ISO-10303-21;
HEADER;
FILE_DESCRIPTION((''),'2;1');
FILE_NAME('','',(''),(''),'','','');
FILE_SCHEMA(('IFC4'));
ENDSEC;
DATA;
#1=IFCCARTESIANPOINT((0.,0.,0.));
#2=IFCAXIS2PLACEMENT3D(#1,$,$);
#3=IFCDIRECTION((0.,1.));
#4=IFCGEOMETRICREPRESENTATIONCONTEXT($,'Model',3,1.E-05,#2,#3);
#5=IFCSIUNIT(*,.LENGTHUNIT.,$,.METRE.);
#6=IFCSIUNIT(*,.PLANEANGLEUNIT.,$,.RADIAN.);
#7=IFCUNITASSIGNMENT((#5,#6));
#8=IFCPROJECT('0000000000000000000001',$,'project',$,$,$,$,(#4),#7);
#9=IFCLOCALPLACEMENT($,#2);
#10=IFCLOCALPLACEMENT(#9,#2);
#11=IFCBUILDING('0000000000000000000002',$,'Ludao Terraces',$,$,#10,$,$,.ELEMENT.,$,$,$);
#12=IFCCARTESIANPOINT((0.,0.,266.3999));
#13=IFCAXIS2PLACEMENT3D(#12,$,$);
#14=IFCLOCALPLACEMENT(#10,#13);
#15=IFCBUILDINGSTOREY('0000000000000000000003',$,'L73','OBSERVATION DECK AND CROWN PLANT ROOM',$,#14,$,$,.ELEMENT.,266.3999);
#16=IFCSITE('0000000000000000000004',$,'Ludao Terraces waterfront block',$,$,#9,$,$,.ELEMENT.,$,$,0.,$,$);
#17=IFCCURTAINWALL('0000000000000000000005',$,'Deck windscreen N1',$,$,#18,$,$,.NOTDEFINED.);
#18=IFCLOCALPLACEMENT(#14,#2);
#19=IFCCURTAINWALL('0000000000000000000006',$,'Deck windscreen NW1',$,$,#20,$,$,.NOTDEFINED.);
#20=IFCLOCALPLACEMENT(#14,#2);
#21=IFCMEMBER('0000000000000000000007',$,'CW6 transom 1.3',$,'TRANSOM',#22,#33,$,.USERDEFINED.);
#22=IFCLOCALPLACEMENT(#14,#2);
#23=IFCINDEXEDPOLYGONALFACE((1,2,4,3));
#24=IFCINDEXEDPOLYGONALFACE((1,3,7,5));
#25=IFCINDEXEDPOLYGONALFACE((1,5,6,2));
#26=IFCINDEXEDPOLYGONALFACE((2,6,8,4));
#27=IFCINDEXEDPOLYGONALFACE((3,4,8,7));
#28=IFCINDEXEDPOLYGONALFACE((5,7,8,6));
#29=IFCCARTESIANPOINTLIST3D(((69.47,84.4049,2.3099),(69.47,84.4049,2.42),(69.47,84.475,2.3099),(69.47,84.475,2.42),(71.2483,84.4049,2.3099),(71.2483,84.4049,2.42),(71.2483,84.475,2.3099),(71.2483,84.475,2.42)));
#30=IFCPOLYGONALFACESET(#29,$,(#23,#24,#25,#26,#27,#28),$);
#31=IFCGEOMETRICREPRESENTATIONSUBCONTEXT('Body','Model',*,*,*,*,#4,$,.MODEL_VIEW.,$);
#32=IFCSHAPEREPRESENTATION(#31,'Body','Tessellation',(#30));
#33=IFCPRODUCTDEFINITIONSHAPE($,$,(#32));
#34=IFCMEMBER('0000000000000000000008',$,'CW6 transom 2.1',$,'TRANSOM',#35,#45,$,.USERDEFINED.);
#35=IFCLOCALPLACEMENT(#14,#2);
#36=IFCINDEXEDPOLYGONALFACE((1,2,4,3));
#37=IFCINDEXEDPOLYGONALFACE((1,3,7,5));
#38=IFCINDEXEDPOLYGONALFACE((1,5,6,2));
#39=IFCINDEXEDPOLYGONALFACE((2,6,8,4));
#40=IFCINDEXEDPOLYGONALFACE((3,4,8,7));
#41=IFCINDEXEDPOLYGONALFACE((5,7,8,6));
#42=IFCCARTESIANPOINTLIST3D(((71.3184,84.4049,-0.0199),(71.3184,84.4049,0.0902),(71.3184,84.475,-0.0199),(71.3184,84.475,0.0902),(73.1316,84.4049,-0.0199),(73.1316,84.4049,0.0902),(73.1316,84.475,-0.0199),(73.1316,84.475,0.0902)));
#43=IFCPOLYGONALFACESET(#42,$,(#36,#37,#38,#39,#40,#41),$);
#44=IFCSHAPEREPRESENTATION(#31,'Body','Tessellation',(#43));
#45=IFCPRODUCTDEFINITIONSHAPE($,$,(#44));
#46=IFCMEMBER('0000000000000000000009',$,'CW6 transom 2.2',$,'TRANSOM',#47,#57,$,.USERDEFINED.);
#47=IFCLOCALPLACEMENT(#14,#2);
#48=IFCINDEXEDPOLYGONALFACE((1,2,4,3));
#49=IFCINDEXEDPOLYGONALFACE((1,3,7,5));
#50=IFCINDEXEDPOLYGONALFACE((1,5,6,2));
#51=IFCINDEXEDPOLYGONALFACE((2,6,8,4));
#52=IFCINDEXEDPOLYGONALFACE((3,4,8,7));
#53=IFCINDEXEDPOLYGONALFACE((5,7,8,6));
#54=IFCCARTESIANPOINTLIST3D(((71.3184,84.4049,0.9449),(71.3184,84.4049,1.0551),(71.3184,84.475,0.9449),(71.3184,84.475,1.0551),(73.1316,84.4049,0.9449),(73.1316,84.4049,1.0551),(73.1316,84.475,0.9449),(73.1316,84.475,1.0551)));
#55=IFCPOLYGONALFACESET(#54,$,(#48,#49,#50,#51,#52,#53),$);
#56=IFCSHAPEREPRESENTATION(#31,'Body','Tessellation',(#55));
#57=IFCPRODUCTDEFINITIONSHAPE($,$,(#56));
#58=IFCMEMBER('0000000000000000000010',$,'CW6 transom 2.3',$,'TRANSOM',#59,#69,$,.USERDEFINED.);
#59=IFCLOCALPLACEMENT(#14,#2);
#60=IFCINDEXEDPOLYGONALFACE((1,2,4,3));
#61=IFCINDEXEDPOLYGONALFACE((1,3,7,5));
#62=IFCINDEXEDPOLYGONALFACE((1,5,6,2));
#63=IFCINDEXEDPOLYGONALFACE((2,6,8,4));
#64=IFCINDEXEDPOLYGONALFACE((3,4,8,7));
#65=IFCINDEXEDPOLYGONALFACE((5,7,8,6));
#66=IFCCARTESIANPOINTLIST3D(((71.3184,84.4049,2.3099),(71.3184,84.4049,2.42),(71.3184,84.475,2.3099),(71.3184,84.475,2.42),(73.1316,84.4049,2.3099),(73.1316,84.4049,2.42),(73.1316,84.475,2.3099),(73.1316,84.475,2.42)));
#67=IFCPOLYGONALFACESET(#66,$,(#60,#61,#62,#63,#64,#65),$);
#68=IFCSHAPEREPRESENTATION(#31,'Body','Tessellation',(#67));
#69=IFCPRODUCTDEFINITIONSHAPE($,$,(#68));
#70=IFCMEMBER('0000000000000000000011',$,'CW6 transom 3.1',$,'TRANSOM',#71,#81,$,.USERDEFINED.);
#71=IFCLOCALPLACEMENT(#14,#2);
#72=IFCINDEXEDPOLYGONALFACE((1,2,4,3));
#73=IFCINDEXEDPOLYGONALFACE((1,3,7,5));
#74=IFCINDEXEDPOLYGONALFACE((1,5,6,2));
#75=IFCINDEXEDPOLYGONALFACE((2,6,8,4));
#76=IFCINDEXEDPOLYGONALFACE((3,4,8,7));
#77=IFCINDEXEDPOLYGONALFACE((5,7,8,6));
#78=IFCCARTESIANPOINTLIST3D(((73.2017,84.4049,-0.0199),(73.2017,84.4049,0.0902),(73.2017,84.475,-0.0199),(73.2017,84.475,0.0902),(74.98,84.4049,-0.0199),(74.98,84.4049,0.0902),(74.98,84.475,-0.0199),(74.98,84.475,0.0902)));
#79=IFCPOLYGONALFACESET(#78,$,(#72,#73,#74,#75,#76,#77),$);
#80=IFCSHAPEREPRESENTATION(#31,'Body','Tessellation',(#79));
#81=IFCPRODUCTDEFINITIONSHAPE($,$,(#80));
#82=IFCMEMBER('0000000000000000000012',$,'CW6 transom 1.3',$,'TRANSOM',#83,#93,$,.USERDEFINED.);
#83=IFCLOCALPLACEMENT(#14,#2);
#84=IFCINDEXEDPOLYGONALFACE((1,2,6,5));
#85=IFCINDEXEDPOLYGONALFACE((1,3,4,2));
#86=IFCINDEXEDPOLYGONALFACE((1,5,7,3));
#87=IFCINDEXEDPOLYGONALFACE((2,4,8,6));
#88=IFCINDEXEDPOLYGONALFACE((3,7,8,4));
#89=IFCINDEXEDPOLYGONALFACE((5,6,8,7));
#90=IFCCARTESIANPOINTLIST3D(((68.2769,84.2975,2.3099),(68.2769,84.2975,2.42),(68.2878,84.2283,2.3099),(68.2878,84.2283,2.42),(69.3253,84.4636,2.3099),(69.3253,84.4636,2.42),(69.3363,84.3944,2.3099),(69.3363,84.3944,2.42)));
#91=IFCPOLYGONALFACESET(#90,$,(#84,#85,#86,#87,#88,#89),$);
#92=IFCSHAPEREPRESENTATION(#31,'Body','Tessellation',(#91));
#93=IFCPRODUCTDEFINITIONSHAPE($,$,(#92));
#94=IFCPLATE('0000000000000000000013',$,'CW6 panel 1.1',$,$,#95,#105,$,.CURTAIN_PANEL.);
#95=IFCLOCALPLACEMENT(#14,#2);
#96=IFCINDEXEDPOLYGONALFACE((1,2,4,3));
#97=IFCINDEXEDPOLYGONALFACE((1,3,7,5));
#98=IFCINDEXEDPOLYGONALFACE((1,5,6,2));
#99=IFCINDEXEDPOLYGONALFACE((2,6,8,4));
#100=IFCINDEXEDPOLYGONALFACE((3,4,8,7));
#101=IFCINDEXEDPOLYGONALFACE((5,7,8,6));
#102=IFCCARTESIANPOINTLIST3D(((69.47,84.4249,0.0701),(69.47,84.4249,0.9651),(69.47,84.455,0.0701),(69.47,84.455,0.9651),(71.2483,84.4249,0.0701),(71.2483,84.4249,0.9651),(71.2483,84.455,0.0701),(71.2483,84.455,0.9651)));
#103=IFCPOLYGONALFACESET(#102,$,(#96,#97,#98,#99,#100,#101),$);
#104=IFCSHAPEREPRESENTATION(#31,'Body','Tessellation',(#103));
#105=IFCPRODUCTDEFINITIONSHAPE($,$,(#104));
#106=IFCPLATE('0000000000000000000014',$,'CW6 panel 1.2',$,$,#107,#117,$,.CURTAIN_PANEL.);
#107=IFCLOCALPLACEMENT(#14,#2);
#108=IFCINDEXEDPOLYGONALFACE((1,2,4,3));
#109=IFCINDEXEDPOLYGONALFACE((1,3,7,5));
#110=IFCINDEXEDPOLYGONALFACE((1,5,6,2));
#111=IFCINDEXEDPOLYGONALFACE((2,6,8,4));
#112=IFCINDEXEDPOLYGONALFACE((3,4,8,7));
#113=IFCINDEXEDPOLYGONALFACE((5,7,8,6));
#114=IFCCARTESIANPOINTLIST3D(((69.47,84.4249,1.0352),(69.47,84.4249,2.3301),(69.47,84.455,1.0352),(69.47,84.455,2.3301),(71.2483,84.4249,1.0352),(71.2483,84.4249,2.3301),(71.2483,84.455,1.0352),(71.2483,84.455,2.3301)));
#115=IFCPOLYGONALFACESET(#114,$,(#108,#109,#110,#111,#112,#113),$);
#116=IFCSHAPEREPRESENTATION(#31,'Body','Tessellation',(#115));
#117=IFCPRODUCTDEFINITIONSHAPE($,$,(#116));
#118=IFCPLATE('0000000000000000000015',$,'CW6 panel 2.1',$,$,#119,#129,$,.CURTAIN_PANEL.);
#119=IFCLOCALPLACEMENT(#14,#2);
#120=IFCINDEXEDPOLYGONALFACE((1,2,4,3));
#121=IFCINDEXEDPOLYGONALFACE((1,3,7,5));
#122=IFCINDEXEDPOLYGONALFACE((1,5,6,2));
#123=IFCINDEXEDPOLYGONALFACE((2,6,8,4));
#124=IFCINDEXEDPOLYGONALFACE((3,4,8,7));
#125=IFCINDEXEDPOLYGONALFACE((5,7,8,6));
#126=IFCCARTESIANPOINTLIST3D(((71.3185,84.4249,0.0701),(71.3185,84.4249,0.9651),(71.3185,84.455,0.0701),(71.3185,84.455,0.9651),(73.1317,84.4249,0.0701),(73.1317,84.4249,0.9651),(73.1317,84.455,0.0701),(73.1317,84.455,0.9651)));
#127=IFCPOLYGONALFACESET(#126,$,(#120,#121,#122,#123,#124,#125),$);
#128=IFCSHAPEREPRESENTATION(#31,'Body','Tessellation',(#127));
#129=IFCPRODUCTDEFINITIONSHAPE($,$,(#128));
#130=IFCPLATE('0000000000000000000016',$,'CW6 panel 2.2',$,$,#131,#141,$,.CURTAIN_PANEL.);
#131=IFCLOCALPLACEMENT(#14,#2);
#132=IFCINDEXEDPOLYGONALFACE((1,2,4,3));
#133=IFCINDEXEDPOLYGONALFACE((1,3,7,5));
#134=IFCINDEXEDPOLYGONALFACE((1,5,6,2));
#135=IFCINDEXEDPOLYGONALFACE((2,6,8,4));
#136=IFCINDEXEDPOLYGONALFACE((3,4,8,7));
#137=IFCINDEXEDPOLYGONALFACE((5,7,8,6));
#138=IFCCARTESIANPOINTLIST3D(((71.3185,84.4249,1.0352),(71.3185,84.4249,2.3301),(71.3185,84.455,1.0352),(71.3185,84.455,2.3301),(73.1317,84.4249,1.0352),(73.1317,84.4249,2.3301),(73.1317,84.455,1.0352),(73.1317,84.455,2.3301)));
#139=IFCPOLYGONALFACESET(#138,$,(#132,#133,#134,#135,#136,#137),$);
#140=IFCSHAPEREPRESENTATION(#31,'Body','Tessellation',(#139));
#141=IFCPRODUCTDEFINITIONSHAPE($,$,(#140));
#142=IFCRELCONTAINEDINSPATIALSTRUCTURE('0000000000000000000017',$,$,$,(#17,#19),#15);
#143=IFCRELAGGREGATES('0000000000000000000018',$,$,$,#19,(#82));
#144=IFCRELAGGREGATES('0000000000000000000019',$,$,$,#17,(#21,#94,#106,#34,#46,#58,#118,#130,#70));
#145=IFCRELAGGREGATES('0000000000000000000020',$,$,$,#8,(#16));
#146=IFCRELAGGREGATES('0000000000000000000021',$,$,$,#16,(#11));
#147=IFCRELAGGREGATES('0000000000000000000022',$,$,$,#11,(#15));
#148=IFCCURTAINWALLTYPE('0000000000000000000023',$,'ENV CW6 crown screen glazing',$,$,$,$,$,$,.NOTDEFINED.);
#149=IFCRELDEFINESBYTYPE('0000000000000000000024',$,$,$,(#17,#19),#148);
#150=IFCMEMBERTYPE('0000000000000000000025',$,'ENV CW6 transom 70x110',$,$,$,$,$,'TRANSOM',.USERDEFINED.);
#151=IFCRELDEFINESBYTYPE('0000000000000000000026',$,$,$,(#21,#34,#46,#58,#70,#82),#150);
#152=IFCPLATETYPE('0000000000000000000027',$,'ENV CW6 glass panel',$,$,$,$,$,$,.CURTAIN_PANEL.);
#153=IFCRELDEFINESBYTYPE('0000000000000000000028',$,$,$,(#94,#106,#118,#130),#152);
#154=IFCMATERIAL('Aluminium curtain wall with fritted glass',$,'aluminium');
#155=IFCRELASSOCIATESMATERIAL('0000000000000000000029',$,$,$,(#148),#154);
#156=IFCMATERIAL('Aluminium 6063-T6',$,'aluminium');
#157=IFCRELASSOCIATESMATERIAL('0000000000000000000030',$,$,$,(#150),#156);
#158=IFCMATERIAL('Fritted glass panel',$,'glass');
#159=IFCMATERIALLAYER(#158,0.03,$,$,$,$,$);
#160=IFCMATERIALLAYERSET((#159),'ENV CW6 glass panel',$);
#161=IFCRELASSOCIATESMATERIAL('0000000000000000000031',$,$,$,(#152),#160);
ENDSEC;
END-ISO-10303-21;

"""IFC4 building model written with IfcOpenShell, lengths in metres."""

from ifc_helpers import new_model, si_unit, direction, frame, origin, origin_2d, place, context, subcontext, project, spatial, rectangle, extrude, material, layer, layer_set, material_profile, profile_set, type_object, element, aggregate, save


model = new_model("IFC4")

# Units and contexts
model_context = context("Model", 3, precision=1e-05, world=origin(), true_north=direction((0.0, 1.0)))
body_context = subcontext(model_context, "Body", "Model", "MODEL_VIEW")
ifc_project = project(units=[si_unit("LENGTHUNIT", "METRE"), si_unit("PLANEANGLEUNIT", "RADIAN")], contexts=[model_context])

# Site, building, storey
site_placement = place(None, origin())
site = spatial("IfcSite", under=ifc_project, at=site_placement, Name="Ludao Terraces waterfront block", CompositionType="ELEMENT", RefElevation=0.0)
building_placement = place(site_placement, origin())
building = spatial("IfcBuilding", under=site, at=building_placement, Name="Ludao Terraces", CompositionType="ELEMENT")
storey_placement = place(building_placement, frame((0.0, 0.0, 266.3999)))
storey = spatial("IfcBuildingStorey", under=building, at=storey_placement, Name="L73", Description="OBSERVATION DECK AND CROWN PLANT ROOM", CompositionType="ELEMENT", Elevation=266.3999)

# Curtain wall
ifc_material_1 = material(Name="Aluminium curtain wall with fritted glass", Category="aluminium")
curtain_wall_type = type_object("IfcCurtainWallType", Name="ENV CW6 crown screen glazing", PredefinedType="NOTDEFINED", material=ifc_material_1)
curtain_wall_1_placement = place(storey_placement, origin())
curtain_wall_1 = element("IfcCurtainWall", 1, at=curtain_wall_1_placement, inside=storey, type_object=curtain_wall_type, Name="Deck windscreen N1", PredefinedType="NOTDEFINED")
ifc_material_2 = material(Name="Aluminium 6063-T6", Category="aluminium")

# Curtain wall
curtain_wall_2_placement = place(storey_placement, origin())
curtain_wall_2 = element("IfcCurtainWall", 2, at=curtain_wall_2_placement, inside=storey, type_object=curtain_wall_type, Name="Deck windscreen NW1", PredefinedType="NOTDEFINED")

# Members
ifc_material_profile_1 = material_profile(ifc_material_2, rectangle(XDim=0.0701, YDim=0.1101, at=origin_2d()), Name="70 X 110")
ifc_profile_set_1 = profile_set([ifc_material_profile_1], Name="Aluminium 6063-T6")
member_type_1 = type_object("IfcMemberType", Name="ENV CW6 transom 70x110", ElementType="TRANSOM", PredefinedType="USERDEFINED", material=ifc_profile_set_1)
member_1_placement = place(storey_placement, frame((69.47, 84.4399, 2.365), z_axis=(1.0, 0.0, 0.0), x_axis=(0.0, 1.0, 0.0)))
member_1 = element("IfcMember", 3, at=member_1_placement, type_object=member_type_1, Name="CW6 transom 1.3", ObjectType="TRANSOM", PredefinedType="USERDEFINED", context=body_context, shape_type="SweptSolid", body=[
    extrude(rectangle(XDim=0.0701, YDim=0.1101, at=origin_2d()), origin(), (0.0, 0.0, 1.0), 1.7783),
])
member_2_placement = place(storey_placement, frame((71.3184, 84.4399, 0.0352), z_axis=(1.0, 0.0, 0.0), x_axis=(0.0, 1.0, 0.0)))
member_2 = element("IfcMember", 4, at=member_2_placement, type_object=member_type_1, Name="CW6 transom 2.1", ObjectType="TRANSOM", PredefinedType="USERDEFINED", context=body_context, shape_type="SweptSolid", body=[
    extrude(rectangle(XDim=0.0701, YDim=0.1101, at=origin_2d()), origin(), (0.0, 0.0, 1.0), 1.8132),
])
member_3_placement = place(storey_placement, frame((71.3184, 84.4399, 1.0), z_axis=(1.0, 0.0, 0.0), x_axis=(0.0, 1.0, 0.0)))
member_3 = element("IfcMember", 5, at=member_3_placement, type_object=member_type_1, Name="CW6 transom 2.2", ObjectType="TRANSOM", PredefinedType="USERDEFINED", context=body_context, shape_type="SweptSolid", body=[
    extrude(rectangle(XDim=0.0701, YDim=0.1101, at=origin_2d()), origin(), (0.0, 0.0, 1.0), 1.8132),
])
member_4_placement = place(storey_placement, frame((71.3184, 84.4399, 2.365), z_axis=(1.0, 0.0, 0.0), x_axis=(0.0, 1.0, 0.0)))
member_4 = element("IfcMember", 6, at=member_4_placement, type_object=member_type_1, Name="CW6 transom 2.3", ObjectType="TRANSOM", PredefinedType="USERDEFINED", context=body_context, shape_type="SweptSolid", body=[
    extrude(rectangle(XDim=0.0701, YDim=0.1101, at=origin_2d()), origin(), (0.0, 0.0, 1.0), 1.8132),
])
member_5_placement = place(storey_placement, frame((73.2017, 84.4399, 0.0352), z_axis=(1.0, 0.0, 0.0), x_axis=(0.0, 1.0, 0.0)))
member_5 = element("IfcMember", 7, at=member_5_placement, type_object=member_type_1, Name="CW6 transom 3.1", ObjectType="TRANSOM", PredefinedType="USERDEFINED", context=body_context, shape_type="SweptSolid", body=[
    extrude(rectangle(XDim=0.0701, YDim=0.1101, at=origin_2d()), origin(), (0.0, 0.0, 1.0), 1.7783),
])
member_6_placement = place(storey_placement, frame((69.3308, 84.429, 2.365), z_axis=(-0.987692, -0.156411, 0.0), x_axis=(0.156411, -0.987692, 0.0)))
member_6 = element("IfcMember", 8, at=member_6_placement, type_object=member_type_1, Name="CW6 transom 1.3", ObjectType="TRANSOM", PredefinedType="USERDEFINED", context=body_context, shape_type="SweptSolid", body=[
    extrude(rectangle(XDim=0.0701, YDim=0.1101, at=origin_2d()), origin(), (0.0, 0.0, 1.0), 1.0615),
])
aggregate(curtain_wall_2, [member_6])

# Plates
ifc_material_3 = material(Name="Fritted glass panel", Category="glass")
ifc_layer = layer(ifc_material_3, 0.03)
ifc_layer_set = layer_set([ifc_layer], Name="ENV CW6 glass panel")
plate_type = type_object("IfcPlateType", Name="ENV CW6 glass panel", PredefinedType="CURTAIN_PANEL", material=ifc_layer_set)
plate_1_placement = place(storey_placement, frame((70.3591, 84.4399, 0.0701), z_axis=(0.0, 0.0, 1.0), x_axis=(1.0, 0.0, 0.0)))
plate_1 = element("IfcPlate", 9, at=plate_1_placement, type_object=plate_type, Name="CW6 panel 1.1", PredefinedType="CURTAIN_PANEL", context=body_context, shape_type="SweptSolid", body=[
    extrude(rectangle(XDim=1.7783, YDim=0.03, at=origin_2d()), origin(), (0.0, 0.0, 1.0), 0.895),
])
plate_2_placement = place(storey_placement, frame((70.3591, 84.4399, 1.0352), z_axis=(0.0, 0.0, 1.0), x_axis=(1.0, 0.0, 0.0)))
plate_2 = element("IfcPlate", 10, at=plate_2_placement, type_object=plate_type, Name="CW6 panel 1.2", PredefinedType="CURTAIN_PANEL", context=body_context, shape_type="SweptSolid", body=[
    extrude(rectangle(XDim=1.7783, YDim=0.03, at=origin_2d()), origin(), (0.0, 0.0, 1.0), 1.2949),
])
plate_3_placement = place(storey_placement, frame((72.2251, 84.4399, 0.0701), z_axis=(0.0, 0.0, 1.0), x_axis=(1.0, 0.0, 0.0)))
plate_3 = element("IfcPlate", 11, at=plate_3_placement, type_object=plate_type, Name="CW6 panel 2.1", PredefinedType="CURTAIN_PANEL", context=body_context, shape_type="SweptSolid", body=[
    extrude(rectangle(XDim=1.8132, YDim=0.03, at=origin_2d()), origin(), (0.0, 0.0, 1.0), 0.895),
])
plate_4_placement = place(storey_placement, frame((72.2251, 84.4399, 1.0352), z_axis=(0.0, 0.0, 1.0), x_axis=(1.0, 0.0, 0.0)))
plate_4 = element("IfcPlate", 12, at=plate_4_placement, type_object=plate_type, Name="CW6 panel 2.2", PredefinedType="CURTAIN_PANEL", context=body_context, shape_type="SweptSolid", body=[
    extrude(rectangle(XDim=1.8132, YDim=0.03, at=origin_2d()), origin(), (0.0, 0.0, 1.0), 1.2949),
])
aggregate(curtain_wall_1, [member_1, plate_1, plate_2, member_2, member_3, member_4, plate_3, plate_4, member_5])

save(model, "model.ifc")
